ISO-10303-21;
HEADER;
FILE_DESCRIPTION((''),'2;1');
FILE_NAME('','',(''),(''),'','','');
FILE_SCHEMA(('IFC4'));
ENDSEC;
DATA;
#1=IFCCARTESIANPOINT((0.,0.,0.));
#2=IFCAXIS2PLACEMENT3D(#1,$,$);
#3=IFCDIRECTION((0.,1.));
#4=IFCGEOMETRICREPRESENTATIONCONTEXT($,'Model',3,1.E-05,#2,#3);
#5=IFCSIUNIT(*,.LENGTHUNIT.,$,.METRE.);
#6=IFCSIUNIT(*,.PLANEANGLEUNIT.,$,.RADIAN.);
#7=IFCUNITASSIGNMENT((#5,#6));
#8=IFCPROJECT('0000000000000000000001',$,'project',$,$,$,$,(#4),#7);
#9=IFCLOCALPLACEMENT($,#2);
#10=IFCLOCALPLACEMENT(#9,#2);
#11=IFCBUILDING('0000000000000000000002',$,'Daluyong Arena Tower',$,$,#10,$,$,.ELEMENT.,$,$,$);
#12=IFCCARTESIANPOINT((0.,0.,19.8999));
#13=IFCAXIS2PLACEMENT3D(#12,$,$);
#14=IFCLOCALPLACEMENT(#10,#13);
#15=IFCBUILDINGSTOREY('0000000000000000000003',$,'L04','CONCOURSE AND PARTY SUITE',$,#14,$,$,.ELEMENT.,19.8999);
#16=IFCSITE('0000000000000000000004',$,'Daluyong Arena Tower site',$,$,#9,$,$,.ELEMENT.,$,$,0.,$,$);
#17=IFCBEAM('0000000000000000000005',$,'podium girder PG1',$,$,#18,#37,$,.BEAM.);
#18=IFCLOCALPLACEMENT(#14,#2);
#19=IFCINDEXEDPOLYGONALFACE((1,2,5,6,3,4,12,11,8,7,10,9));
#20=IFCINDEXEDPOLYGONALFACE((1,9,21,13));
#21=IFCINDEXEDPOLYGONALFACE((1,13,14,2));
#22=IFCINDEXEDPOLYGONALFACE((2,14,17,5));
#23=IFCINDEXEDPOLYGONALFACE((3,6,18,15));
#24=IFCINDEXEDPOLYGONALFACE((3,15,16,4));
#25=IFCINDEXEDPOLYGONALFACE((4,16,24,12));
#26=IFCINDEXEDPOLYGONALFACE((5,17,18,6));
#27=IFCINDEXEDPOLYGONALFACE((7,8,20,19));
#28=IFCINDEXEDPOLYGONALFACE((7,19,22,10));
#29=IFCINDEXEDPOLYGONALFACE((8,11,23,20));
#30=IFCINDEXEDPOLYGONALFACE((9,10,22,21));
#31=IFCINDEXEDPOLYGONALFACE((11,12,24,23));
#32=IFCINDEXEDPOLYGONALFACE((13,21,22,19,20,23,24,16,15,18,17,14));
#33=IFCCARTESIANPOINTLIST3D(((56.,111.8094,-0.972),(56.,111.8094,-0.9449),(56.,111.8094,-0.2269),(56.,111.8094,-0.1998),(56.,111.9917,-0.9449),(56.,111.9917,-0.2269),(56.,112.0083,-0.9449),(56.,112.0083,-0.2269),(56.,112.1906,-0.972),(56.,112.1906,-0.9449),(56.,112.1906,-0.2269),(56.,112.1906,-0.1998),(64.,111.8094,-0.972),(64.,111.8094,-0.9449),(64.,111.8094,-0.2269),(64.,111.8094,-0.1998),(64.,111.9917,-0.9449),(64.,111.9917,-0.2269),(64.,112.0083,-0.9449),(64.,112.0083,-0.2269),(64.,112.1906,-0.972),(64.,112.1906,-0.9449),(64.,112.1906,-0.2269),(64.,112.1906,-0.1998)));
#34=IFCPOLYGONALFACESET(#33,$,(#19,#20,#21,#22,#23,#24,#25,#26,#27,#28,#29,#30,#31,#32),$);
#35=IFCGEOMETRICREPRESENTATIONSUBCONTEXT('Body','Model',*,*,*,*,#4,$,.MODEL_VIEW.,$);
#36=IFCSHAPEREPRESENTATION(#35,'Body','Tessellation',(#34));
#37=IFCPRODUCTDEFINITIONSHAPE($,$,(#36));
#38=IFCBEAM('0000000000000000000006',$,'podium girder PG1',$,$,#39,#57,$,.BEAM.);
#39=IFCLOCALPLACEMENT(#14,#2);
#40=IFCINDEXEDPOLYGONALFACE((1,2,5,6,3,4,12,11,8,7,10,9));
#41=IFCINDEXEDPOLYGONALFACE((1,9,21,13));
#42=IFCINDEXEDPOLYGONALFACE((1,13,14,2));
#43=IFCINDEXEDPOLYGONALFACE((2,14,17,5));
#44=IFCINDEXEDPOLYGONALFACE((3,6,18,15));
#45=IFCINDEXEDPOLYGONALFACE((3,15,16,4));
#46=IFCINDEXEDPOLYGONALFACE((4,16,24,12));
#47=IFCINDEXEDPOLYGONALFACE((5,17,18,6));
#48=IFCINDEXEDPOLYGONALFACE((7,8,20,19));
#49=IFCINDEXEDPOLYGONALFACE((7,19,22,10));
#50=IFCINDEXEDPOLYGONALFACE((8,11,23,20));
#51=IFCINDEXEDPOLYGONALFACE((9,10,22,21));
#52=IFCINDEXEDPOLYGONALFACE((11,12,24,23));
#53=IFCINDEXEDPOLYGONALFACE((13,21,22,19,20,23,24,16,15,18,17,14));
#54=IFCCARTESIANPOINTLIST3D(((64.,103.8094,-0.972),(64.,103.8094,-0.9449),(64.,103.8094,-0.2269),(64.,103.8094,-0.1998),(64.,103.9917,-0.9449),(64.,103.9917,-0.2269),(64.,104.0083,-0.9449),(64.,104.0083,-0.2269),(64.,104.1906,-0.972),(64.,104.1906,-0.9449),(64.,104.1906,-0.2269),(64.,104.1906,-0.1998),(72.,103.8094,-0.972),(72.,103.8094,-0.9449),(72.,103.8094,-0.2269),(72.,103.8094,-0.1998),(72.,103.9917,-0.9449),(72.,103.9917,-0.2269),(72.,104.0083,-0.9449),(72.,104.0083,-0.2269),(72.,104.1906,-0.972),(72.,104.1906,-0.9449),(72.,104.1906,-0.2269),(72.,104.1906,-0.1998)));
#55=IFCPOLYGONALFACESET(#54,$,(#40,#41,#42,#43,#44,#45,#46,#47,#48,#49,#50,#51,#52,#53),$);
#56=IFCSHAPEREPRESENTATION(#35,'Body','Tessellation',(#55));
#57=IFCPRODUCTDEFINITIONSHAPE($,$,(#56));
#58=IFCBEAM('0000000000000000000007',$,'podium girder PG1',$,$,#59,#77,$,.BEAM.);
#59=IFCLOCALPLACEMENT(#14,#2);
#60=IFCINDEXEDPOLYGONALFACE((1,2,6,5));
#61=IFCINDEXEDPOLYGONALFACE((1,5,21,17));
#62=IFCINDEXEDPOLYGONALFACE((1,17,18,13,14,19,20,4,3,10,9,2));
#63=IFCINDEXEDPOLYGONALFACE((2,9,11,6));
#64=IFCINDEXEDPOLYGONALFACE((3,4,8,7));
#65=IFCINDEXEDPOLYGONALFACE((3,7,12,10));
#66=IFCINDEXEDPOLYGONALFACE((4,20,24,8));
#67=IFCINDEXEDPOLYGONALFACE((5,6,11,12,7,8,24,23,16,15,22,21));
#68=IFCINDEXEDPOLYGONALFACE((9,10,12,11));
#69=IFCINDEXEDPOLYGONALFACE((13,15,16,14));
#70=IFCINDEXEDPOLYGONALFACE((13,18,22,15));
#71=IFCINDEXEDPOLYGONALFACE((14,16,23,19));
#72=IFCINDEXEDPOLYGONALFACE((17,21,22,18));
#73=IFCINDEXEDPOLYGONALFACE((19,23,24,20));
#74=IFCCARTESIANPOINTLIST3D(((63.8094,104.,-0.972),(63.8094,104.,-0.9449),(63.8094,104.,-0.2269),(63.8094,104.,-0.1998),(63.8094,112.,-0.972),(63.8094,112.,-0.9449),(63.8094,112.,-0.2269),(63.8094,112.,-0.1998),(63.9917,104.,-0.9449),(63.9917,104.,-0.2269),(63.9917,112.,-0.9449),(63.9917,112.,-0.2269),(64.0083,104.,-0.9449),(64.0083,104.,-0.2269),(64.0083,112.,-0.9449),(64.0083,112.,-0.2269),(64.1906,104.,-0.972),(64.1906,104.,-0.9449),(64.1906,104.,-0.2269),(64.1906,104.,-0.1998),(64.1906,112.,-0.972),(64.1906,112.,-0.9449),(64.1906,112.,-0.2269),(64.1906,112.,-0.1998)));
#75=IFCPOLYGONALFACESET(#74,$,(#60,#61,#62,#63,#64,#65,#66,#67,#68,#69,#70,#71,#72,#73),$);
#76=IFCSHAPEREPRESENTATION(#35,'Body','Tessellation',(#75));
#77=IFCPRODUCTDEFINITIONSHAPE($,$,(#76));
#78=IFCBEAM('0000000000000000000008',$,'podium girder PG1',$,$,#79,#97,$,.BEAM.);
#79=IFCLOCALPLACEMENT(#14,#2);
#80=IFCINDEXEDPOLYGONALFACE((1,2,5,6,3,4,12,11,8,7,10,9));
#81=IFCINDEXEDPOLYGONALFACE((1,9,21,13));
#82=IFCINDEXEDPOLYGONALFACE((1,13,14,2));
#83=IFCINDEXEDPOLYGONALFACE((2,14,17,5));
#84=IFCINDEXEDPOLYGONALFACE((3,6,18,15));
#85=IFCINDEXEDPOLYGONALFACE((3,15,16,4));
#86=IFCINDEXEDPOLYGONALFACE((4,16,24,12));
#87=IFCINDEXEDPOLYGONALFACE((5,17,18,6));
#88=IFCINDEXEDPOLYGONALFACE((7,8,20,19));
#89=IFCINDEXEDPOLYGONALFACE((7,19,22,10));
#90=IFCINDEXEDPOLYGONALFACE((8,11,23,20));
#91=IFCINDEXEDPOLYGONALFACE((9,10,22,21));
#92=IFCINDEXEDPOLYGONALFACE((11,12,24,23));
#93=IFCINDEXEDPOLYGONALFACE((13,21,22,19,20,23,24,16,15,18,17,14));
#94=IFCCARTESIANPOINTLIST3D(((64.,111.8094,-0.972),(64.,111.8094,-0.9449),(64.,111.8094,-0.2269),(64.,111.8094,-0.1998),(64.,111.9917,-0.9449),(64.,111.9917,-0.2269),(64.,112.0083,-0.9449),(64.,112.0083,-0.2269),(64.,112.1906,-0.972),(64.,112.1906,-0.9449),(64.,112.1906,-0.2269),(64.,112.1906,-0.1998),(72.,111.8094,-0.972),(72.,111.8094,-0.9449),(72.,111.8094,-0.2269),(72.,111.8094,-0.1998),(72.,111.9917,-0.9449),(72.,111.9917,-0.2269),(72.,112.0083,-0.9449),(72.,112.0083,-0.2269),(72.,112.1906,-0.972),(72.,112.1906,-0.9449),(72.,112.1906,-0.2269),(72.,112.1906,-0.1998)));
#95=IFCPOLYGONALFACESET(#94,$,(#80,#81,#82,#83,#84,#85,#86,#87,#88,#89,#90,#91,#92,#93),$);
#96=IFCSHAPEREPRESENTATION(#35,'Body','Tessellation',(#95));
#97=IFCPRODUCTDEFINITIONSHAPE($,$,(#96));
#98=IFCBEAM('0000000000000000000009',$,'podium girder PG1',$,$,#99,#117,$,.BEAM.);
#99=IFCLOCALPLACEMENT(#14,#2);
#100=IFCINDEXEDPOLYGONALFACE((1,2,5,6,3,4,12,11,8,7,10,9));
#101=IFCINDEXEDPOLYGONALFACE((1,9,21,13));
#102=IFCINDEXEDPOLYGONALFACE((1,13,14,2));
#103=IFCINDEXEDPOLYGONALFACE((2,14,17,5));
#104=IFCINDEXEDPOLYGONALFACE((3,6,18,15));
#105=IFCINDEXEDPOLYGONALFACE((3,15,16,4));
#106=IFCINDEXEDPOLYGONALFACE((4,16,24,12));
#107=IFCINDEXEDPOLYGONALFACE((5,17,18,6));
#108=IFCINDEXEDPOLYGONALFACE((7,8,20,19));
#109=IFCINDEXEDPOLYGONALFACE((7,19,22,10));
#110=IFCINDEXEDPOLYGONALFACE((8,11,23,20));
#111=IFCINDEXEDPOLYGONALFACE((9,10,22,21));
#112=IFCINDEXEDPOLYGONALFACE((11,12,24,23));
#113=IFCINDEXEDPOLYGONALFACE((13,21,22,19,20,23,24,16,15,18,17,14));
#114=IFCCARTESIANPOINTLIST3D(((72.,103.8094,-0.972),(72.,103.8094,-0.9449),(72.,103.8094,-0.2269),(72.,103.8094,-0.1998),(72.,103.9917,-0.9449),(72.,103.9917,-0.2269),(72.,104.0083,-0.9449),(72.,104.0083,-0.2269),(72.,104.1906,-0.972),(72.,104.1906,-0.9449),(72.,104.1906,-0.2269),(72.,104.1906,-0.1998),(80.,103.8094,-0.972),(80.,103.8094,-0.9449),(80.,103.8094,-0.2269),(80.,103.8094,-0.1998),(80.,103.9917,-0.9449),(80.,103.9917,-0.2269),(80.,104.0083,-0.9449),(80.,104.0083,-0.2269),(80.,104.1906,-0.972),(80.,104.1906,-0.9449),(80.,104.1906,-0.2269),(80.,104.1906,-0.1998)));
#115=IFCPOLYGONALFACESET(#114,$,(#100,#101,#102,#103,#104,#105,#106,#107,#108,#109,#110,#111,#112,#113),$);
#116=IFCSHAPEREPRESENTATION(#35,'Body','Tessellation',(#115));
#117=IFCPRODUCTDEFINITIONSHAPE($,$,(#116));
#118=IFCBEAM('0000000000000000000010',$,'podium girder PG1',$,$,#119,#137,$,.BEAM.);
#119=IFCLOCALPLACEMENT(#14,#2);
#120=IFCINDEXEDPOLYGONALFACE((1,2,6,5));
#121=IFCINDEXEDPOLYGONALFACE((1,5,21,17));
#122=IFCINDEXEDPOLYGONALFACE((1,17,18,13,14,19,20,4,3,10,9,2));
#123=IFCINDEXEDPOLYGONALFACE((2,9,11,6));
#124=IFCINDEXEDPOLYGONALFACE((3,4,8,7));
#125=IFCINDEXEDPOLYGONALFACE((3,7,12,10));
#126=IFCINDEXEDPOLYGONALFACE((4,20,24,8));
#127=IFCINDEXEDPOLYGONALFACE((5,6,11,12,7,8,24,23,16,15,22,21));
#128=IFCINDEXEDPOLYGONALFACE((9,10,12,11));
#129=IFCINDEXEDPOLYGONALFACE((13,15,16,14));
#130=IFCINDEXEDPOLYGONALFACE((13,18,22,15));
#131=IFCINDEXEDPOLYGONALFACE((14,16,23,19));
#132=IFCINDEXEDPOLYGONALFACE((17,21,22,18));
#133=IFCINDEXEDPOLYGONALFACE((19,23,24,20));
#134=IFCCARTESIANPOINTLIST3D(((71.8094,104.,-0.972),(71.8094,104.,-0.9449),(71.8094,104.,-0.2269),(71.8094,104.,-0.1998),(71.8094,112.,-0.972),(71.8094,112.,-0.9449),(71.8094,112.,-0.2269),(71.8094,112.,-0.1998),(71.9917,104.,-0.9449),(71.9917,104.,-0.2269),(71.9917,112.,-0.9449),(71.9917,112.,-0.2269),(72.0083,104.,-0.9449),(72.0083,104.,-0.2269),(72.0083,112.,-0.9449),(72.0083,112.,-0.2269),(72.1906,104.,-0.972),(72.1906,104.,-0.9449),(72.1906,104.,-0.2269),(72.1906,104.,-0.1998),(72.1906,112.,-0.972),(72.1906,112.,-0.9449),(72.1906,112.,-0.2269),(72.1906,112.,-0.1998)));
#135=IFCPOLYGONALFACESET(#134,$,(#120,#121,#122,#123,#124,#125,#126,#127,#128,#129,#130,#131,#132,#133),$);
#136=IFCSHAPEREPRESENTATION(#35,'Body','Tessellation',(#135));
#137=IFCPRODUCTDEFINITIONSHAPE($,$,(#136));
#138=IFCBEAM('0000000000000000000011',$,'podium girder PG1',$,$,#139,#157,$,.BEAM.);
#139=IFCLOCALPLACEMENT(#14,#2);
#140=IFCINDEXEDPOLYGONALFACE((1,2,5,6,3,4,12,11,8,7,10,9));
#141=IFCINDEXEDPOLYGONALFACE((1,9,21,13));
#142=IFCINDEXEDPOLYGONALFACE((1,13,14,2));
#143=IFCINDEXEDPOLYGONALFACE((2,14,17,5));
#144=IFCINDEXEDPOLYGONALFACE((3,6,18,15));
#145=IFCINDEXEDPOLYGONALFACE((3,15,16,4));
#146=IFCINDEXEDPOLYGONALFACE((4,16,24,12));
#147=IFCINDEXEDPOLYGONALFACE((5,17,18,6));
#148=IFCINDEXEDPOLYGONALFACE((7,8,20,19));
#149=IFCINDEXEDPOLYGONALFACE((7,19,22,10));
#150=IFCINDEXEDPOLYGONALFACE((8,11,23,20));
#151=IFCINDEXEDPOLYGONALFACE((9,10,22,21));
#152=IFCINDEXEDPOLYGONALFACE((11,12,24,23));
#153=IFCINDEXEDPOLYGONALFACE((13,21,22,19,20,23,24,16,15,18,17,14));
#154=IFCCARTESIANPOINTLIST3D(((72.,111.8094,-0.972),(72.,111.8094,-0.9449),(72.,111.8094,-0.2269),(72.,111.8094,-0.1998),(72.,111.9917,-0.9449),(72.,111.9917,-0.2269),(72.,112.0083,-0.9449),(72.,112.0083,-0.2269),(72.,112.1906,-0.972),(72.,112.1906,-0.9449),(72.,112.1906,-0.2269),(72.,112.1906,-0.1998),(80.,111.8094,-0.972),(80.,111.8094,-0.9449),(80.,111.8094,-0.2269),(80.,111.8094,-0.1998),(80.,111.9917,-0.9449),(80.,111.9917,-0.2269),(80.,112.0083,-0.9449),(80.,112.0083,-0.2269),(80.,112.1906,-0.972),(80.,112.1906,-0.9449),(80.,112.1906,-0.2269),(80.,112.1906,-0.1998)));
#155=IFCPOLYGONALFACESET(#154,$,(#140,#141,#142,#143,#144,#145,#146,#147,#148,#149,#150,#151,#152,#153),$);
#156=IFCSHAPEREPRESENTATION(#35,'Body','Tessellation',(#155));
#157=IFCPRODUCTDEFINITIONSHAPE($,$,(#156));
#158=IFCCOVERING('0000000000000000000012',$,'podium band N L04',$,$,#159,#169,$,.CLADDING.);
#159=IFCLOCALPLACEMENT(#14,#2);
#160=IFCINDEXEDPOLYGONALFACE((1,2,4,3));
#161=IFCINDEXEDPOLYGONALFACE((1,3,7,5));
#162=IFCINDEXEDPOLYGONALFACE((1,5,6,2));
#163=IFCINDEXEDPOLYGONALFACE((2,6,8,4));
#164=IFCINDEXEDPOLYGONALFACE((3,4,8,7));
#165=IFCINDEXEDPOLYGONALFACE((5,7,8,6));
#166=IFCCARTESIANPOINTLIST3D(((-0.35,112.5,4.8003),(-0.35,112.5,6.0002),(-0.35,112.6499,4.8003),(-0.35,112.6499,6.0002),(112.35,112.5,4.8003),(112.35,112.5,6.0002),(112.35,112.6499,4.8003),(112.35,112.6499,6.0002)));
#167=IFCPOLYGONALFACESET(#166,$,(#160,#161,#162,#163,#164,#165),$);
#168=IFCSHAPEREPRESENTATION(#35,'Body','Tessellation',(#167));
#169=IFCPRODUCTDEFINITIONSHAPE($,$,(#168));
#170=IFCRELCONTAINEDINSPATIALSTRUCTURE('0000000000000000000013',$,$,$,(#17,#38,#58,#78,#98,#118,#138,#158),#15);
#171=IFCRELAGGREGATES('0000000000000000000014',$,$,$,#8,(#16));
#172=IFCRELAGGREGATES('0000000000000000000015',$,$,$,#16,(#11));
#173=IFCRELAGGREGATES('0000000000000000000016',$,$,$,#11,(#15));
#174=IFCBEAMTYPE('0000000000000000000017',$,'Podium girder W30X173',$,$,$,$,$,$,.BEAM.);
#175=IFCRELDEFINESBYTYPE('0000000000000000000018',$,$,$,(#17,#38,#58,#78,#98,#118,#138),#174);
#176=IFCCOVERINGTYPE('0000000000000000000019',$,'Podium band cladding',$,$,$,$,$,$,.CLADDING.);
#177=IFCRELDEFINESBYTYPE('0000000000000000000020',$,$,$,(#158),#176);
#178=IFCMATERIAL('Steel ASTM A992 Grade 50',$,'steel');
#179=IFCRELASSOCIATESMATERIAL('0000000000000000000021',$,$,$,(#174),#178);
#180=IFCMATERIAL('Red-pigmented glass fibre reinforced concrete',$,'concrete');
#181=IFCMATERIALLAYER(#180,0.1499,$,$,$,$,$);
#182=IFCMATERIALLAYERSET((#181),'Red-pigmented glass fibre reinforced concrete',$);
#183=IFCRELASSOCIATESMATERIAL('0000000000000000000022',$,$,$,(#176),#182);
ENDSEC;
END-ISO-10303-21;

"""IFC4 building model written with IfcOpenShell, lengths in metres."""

from ifc_helpers import new_model, si_unit, direction, frame, origin, origin_2d, place, context, subcontext, project, spatial, rectangle, i_section, extrude, material, layer, layer_set, material_profile, profile_set, type_object, element, save


model = new_model("IFC4")

# Units and contexts
model_context = context("Model", 3, precision=1e-05, world=origin(), true_north=direction((0.0, 1.0)))
body_context = subcontext(model_context, "Body", "Model", "MODEL_VIEW")
ifc_project = project(units=[si_unit("LENGTHUNIT", "METRE"), si_unit("PLANEANGLEUNIT", "RADIAN")], contexts=[model_context])

# Site, building, storey
site_placement = place(None, origin())
site = spatial("IfcSite", under=ifc_project, at=site_placement, Name="Daluyong Arena Tower site", CompositionType="ELEMENT", RefElevation=0.0)
building_placement = place(site_placement, origin())
building = spatial("IfcBuilding", under=site, at=building_placement, Name="Daluyong Arena Tower", CompositionType="ELEMENT")
storey_placement = place(building_placement, frame((0.0, 0.0, 19.8999)))
storey = spatial("IfcBuildingStorey", under=building, at=storey_placement, Name="L04", Description="CONCOURSE AND PARTY SUITE", CompositionType="ELEMENT", Elevation=19.8999)

# Beams
ifc_material_1 = material(Name="Steel ASTM A992 Grade 50", Category="steel")
ifc_material_profile_1 = material_profile(ifc_material_1, i_section(OverallWidth=0.3811, OverallDepth=0.7722, WebThickness=0.0166, FlangeThickness=0.0271, at=origin_2d()))
ifc_profile_set_1 = profile_set([ifc_material_profile_1], Name="Steel ASTM A992 Grade 50")
beam_type_1 = type_object("IfcBeamType", Name="Podium girder W30X173", PredefinedType="BEAM", material=ifc_profile_set_1)
for number, where, z_axis, x_axis, name in (
    (1, (56.0, 112.0, -0.5859), (1.0, 0.0, 0.0), (0.0, 1.0, 0.0), "podium girder PG1"),
    (2, (64.0, 104.0, -0.5859), (1.0, 0.0, 0.0), (0.0, 1.0, 0.0), "podium girder PG1"),
    (3, (64.0, 104.0, -0.5859), (0.0, 1.0, 0.0), (-1.0, 0.0, 0.0), "podium girder PG1"),
    (4, (64.0, 112.0, -0.5859), (1.0, 0.0, 0.0), (0.0, 1.0, 0.0), "podium girder PG1"),
    (5, (72.0, 104.0, -0.5859), (1.0, 0.0, 0.0), (0.0, 1.0, 0.0), "podium girder PG1"),
    (6, (72.0, 104.0, -0.5859), (0.0, 1.0, 0.0), (-1.0, 0.0, 0.0), "podium girder PG1"),
    (7, (72.0, 112.0, -0.5859), (1.0, 0.0, 0.0), (0.0, 1.0, 0.0), "podium girder PG1"),
):
    element("IfcBeam", number, at=place(storey_placement, frame(where, z_axis=z_axis, x_axis=x_axis)), inside=storey, type_object=beam_type_1, Name=name, PredefinedType="BEAM", context=body_context, shape_type="SweptSolid", body=[
        extrude(i_section(OverallWidth=0.3811, OverallDepth=0.7722, WebThickness=0.0166, FlangeThickness=0.0271, at=origin_2d()), origin(), (0.0, 0.0, 1.0), 8.0),
    ])

# Covering
ifc_material_2 = material(Name="Red-pigmented glass fibre reinforced concrete", Category="concrete")
ifc_layer = layer(ifc_material_2, 0.1499)
ifc_layer_set = layer_set([ifc_layer], Name="Red-pigmented glass fibre reinforced concrete")
covering_type = type_object("IfcCoveringType", Name="Podium band cladding", PredefinedType="CLADDING", material=ifc_layer_set)
covering_placement = place(storey_placement, frame((56.0, 112.575, 4.8003), z_axis=(0.0, 0.0, 1.0), x_axis=(-1.0, 0.0, 0.0)))
element("IfcCovering", 8, at=covering_placement, inside=storey, type_object=covering_type, Name="podium band N L04", PredefinedType="CLADDING", context=body_context, shape_type="SweptSolid", body=[
    extrude(rectangle(XDim=112.7, YDim=0.1499, at=origin_2d()), origin(), (0.0, 0.0, 1.0), 1.2),
])

save(model, "model.ifc")
